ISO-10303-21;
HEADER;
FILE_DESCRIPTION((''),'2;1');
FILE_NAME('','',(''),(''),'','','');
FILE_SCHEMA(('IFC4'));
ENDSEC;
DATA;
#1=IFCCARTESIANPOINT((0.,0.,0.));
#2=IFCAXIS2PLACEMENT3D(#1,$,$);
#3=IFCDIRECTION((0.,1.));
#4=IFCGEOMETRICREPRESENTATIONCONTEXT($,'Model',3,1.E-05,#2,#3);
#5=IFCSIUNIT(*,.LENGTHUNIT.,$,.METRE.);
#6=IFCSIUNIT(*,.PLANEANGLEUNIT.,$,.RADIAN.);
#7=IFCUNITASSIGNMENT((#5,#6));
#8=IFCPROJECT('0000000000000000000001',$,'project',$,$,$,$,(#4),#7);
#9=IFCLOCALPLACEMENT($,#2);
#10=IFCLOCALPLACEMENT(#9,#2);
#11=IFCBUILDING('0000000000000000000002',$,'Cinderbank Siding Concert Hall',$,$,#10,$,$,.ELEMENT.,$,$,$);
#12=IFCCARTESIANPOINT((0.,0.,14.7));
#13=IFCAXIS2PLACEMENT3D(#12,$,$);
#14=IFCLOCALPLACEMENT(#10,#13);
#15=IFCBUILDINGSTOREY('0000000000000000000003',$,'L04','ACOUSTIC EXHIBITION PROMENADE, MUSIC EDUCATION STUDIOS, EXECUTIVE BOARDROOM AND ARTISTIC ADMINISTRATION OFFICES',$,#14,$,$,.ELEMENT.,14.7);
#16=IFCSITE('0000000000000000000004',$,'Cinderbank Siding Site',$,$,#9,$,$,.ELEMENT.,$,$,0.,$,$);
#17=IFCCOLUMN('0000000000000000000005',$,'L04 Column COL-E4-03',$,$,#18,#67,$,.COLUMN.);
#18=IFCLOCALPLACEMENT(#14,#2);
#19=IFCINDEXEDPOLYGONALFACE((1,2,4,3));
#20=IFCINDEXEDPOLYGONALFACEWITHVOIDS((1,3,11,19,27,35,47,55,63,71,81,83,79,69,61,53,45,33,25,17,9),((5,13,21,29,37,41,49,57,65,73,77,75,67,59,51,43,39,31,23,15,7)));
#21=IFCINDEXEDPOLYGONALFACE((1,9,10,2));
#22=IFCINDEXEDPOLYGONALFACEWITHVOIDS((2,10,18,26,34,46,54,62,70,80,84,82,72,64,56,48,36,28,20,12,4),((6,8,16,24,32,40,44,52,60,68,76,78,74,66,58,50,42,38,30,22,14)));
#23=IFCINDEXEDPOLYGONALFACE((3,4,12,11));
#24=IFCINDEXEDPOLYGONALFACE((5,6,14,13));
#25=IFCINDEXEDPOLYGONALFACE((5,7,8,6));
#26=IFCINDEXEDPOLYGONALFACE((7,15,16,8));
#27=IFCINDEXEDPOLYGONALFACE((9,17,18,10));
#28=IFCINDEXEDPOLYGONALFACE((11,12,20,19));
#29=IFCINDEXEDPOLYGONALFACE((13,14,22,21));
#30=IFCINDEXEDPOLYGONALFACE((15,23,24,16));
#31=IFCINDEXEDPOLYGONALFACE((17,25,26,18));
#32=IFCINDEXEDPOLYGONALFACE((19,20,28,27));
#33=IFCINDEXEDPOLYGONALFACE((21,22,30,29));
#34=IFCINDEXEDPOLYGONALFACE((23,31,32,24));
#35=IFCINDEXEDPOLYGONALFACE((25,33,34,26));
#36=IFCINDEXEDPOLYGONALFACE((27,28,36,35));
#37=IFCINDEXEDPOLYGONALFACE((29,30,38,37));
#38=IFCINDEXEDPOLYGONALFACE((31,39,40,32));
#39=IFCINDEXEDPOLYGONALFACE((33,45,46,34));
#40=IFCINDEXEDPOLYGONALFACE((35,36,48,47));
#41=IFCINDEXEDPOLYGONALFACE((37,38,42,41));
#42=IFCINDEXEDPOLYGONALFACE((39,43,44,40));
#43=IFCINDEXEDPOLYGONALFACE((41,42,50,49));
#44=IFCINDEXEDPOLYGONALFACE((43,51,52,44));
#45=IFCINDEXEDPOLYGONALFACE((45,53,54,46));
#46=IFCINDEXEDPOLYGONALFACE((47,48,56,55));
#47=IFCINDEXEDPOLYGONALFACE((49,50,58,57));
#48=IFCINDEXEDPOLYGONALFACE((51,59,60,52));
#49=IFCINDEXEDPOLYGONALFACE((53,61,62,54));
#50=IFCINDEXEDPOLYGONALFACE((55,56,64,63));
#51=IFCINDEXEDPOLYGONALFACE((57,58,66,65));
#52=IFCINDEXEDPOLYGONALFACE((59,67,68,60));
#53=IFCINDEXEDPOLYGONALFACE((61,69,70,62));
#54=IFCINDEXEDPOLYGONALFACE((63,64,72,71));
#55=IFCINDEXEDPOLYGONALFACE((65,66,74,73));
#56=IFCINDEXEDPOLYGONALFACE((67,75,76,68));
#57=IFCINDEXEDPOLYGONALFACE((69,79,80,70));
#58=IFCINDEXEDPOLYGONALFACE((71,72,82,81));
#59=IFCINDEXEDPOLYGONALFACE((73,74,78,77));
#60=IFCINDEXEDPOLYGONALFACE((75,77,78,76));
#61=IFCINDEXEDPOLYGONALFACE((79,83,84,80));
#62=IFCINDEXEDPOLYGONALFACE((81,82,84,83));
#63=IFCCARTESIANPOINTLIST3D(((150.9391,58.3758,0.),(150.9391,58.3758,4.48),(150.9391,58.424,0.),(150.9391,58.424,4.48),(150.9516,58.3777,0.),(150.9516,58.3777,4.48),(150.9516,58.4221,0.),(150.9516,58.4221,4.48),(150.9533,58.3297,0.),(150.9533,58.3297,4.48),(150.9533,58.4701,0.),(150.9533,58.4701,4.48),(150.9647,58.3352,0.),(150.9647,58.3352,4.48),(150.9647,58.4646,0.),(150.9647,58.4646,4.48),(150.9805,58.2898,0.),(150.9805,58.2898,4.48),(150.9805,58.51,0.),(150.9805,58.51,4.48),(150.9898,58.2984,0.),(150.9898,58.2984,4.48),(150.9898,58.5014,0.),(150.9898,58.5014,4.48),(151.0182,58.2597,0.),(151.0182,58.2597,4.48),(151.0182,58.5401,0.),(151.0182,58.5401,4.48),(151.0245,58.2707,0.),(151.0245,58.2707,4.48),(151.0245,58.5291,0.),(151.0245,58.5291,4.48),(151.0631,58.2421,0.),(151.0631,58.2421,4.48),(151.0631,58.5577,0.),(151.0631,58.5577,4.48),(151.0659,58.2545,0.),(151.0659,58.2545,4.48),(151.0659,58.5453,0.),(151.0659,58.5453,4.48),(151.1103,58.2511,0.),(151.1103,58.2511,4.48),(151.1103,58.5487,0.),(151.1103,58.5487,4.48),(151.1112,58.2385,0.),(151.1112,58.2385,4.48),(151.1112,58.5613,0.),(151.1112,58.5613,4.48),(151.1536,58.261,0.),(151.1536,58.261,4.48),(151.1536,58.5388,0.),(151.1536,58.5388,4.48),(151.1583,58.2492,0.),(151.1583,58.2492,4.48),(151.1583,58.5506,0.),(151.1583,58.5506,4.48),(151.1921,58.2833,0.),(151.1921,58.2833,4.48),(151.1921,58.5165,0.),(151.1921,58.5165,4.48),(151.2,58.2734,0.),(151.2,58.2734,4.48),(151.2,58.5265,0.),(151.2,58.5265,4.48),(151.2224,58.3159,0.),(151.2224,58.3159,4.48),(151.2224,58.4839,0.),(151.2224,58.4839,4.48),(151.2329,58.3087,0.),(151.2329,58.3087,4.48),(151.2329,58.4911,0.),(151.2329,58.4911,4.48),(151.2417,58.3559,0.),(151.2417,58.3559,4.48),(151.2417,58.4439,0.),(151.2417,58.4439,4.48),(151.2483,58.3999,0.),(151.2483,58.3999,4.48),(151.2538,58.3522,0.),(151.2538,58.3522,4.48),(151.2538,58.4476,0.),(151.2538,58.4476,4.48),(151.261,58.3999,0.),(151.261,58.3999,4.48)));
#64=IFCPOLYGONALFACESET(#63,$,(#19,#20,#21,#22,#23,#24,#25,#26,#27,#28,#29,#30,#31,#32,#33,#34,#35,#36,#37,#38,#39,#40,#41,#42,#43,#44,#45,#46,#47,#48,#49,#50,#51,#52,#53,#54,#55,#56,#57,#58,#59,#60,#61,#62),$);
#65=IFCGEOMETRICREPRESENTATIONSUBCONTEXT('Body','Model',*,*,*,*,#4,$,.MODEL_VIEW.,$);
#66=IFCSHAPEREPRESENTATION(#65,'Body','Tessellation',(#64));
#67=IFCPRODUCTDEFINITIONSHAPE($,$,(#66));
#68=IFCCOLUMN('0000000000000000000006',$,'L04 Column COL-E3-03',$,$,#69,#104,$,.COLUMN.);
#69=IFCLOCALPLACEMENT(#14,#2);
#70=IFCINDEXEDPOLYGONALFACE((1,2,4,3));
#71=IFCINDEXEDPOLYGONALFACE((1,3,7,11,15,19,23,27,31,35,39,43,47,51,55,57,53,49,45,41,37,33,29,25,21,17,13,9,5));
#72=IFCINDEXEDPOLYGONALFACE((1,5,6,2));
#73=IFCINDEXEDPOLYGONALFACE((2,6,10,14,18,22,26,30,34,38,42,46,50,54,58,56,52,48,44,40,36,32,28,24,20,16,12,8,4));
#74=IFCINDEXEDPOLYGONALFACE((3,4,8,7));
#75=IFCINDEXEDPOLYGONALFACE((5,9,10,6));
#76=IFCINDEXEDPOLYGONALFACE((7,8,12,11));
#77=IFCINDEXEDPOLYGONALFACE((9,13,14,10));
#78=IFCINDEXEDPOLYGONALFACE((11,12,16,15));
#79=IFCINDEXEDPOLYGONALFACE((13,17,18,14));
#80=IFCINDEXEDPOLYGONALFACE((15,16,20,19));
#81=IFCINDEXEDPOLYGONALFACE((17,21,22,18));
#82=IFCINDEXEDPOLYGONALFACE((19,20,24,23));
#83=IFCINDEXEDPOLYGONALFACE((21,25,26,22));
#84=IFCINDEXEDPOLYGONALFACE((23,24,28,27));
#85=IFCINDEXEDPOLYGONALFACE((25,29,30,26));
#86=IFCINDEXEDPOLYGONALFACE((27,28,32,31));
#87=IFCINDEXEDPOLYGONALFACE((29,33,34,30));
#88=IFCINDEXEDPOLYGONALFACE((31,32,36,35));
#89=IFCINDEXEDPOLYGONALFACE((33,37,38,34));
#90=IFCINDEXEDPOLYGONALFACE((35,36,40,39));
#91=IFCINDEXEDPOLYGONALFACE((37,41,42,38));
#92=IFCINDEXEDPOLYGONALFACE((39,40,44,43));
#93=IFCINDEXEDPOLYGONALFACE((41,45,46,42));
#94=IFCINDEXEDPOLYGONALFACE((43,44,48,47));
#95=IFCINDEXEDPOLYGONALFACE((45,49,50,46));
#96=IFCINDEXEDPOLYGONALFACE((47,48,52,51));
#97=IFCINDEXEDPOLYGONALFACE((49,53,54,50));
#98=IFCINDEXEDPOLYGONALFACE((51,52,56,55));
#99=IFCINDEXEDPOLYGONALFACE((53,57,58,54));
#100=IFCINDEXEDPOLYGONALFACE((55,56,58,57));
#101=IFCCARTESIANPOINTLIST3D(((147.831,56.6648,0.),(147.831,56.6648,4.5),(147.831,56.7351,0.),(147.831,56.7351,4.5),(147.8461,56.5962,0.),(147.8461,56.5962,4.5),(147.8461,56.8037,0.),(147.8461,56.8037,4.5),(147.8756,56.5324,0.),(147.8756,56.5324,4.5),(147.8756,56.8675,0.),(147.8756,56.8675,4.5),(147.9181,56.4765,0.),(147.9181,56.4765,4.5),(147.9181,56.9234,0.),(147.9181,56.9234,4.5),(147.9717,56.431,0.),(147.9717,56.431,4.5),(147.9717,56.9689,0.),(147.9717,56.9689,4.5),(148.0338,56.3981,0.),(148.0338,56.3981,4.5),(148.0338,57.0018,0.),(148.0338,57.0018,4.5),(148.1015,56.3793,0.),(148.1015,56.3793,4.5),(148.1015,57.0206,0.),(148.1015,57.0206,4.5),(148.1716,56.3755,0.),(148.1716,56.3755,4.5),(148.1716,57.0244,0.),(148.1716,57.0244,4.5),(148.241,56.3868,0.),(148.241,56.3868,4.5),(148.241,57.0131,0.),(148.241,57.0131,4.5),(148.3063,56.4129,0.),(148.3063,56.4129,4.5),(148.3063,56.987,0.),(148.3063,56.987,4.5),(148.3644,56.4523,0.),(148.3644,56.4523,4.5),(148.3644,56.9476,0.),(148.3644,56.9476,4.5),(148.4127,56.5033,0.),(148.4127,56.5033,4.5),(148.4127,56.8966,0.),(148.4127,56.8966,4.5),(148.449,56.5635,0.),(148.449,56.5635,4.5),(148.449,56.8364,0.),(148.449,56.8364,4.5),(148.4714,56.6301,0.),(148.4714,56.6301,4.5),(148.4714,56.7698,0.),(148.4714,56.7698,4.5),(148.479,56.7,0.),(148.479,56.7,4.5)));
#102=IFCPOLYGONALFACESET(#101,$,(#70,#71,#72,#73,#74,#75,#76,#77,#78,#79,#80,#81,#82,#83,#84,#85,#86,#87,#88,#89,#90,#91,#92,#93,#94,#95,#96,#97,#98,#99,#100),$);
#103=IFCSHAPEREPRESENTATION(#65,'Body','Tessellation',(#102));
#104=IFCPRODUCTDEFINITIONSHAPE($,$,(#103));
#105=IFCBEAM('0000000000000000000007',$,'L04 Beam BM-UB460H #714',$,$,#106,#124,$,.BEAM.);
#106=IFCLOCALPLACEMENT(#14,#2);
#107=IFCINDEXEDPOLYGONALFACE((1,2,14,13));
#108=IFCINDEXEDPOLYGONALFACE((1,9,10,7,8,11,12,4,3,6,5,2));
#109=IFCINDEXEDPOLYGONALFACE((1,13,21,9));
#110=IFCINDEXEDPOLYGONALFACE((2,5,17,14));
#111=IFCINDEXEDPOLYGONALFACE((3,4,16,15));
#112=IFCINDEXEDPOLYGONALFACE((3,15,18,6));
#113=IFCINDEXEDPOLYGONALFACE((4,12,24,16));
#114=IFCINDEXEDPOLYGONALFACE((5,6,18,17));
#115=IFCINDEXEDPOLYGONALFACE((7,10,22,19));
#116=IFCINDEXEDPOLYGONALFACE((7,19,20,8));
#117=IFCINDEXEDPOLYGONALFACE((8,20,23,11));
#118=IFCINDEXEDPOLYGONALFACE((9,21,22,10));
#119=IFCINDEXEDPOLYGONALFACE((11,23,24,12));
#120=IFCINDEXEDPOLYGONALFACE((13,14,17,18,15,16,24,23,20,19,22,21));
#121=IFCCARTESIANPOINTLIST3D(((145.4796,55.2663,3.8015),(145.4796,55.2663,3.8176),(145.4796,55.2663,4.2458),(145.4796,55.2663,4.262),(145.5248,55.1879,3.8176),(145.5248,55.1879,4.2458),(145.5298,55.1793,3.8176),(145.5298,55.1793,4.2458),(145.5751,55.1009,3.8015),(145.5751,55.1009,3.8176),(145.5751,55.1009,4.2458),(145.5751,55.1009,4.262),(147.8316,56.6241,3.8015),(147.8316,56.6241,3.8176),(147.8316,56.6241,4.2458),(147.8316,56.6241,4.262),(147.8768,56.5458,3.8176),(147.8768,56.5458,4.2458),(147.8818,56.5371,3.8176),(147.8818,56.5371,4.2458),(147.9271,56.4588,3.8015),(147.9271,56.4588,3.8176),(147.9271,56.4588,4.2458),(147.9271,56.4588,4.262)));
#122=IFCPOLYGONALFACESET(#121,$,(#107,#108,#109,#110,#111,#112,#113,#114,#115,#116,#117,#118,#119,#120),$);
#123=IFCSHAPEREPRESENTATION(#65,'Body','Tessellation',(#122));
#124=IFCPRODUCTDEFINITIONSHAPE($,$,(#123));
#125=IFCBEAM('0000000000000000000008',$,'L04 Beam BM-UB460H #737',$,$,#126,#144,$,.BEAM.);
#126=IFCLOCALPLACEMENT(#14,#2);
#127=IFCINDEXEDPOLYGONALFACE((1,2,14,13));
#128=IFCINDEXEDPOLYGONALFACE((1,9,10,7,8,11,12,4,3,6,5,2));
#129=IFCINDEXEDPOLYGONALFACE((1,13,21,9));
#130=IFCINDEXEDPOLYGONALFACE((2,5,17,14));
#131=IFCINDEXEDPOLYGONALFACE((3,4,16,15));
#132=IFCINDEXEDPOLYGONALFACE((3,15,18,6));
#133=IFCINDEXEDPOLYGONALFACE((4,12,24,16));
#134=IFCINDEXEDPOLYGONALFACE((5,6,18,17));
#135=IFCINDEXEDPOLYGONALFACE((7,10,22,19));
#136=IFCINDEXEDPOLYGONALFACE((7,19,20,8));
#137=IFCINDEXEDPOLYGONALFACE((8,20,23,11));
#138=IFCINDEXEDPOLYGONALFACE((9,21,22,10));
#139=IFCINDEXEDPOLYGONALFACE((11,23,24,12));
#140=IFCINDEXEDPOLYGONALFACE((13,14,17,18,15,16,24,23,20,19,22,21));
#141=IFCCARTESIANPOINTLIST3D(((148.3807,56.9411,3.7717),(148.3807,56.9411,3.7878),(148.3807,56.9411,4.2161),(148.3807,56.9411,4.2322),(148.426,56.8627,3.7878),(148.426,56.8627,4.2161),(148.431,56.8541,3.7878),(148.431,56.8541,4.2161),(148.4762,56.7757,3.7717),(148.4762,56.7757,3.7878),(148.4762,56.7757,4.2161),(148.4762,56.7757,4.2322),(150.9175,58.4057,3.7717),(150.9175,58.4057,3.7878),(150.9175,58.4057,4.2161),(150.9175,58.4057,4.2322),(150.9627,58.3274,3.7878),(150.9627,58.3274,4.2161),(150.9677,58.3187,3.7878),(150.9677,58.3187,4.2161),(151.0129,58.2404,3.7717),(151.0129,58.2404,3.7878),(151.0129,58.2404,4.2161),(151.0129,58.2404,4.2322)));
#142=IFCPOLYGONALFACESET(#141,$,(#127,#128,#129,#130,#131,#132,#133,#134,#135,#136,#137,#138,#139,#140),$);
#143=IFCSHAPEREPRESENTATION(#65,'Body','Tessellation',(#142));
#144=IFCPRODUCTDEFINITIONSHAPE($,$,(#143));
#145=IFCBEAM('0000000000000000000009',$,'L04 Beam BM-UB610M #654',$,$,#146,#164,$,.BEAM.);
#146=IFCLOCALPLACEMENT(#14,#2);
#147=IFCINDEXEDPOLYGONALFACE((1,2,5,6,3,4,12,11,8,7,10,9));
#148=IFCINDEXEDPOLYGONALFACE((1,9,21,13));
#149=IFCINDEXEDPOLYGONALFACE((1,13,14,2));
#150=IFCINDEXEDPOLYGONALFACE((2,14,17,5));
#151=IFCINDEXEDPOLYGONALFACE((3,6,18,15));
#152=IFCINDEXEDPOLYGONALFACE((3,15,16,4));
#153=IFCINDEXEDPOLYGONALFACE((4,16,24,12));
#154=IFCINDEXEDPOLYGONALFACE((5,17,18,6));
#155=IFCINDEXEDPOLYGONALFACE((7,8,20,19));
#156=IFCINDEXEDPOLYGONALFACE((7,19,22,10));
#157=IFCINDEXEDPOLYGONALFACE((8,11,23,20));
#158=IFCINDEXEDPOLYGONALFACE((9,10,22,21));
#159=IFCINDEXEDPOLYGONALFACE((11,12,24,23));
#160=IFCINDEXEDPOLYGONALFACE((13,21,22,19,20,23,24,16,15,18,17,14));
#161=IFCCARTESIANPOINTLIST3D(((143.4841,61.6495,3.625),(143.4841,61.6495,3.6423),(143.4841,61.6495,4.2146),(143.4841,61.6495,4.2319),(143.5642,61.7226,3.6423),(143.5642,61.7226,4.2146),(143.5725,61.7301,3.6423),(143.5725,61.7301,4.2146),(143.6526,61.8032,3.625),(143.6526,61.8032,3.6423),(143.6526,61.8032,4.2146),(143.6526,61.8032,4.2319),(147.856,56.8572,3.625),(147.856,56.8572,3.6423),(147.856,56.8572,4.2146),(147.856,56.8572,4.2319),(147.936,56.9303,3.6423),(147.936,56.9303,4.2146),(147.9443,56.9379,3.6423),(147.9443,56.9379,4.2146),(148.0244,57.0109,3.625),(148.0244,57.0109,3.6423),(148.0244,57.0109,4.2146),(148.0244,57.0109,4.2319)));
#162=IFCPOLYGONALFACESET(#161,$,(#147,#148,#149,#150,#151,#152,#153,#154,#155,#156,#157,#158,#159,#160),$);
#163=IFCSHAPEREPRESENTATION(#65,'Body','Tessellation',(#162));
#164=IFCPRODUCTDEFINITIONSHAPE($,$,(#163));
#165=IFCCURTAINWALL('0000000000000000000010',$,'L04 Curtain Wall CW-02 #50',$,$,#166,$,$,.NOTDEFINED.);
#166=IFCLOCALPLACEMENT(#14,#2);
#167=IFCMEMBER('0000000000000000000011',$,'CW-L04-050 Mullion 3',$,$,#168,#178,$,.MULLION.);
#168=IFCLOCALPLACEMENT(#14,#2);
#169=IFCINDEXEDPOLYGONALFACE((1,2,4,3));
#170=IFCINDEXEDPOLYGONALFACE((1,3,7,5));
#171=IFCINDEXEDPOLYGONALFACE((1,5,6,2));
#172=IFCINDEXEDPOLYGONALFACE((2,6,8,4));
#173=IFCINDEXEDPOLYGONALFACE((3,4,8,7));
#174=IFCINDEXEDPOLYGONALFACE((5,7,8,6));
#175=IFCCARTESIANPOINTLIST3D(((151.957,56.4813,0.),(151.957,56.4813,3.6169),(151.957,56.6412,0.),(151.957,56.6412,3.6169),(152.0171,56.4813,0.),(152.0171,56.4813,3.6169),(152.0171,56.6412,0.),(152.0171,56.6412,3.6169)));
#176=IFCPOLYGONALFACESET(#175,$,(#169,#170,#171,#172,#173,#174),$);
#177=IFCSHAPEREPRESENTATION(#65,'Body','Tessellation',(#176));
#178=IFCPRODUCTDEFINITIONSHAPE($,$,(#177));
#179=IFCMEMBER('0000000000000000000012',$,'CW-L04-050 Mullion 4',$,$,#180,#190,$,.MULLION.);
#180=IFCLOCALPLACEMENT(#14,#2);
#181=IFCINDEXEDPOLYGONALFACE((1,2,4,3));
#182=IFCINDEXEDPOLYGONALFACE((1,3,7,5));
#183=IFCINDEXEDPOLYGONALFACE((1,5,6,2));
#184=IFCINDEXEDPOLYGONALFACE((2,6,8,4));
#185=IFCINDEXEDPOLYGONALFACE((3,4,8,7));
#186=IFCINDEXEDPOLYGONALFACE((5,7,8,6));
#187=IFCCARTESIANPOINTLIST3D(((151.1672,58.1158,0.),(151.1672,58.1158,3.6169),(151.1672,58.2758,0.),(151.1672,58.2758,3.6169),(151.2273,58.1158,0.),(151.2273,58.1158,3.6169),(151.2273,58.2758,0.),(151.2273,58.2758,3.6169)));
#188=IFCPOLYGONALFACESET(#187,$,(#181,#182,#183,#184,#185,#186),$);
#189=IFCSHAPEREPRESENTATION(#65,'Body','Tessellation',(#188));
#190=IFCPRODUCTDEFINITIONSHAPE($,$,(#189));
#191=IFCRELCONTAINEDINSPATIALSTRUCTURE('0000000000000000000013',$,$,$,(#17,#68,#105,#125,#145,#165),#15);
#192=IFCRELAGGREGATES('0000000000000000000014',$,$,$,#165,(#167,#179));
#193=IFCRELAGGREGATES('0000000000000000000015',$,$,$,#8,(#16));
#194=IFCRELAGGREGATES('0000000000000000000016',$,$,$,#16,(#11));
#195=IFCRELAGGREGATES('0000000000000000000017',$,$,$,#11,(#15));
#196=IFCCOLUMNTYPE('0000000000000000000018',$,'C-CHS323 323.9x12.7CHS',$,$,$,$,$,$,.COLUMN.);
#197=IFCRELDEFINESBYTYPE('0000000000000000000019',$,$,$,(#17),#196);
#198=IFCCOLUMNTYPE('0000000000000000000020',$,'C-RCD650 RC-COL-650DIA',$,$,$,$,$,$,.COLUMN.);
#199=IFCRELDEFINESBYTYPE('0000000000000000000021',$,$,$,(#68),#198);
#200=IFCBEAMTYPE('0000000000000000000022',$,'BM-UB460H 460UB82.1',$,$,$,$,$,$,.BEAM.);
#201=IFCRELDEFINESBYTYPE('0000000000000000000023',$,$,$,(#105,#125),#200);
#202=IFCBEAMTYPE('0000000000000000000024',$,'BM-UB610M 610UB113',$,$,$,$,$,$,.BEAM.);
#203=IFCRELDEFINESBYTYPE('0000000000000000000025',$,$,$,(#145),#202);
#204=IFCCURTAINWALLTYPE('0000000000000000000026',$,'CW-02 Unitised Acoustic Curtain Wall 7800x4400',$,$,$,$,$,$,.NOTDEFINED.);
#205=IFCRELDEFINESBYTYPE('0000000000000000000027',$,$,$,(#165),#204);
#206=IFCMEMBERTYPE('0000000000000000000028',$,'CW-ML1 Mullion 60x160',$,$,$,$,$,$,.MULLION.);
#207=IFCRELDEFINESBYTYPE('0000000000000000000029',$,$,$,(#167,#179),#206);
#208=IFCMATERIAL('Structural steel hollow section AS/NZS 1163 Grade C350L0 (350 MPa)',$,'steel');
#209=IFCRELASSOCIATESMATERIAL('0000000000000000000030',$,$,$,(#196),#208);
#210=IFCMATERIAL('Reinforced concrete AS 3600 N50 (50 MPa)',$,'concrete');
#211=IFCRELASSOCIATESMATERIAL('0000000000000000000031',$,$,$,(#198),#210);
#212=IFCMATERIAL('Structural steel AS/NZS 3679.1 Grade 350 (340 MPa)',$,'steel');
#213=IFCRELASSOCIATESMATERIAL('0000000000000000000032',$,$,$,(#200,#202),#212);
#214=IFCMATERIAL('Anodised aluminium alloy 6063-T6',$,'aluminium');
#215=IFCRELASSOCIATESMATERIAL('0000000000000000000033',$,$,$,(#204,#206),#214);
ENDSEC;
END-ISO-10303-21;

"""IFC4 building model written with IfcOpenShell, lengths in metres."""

from ifc_helpers import new_model, si_unit, direction, frame, origin, origin_2d, place, context, subcontext, project, spatial, rectangle, circle, hollow_circle, i_section, extrude, material, material_profile, profile_set, type_object, element, aggregate, save


model = new_model("IFC4")

# Units and contexts
model_context = context("Model", 3, precision=1e-05, world=origin(), true_north=direction((0.0, 1.0)))
body_context = subcontext(model_context, "Body", "Model", "MODEL_VIEW")
ifc_project = project(units=[si_unit("LENGTHUNIT", "METRE"), si_unit("PLANEANGLEUNIT", "RADIAN")], contexts=[model_context])

# Site, building, storey
site_placement = place(None, origin())
site = spatial("IfcSite", under=ifc_project, at=site_placement, Name="Cinderbank Siding Site", CompositionType="ELEMENT", RefElevation=0.0)
building_placement = place(site_placement, origin())
building = spatial("IfcBuilding", under=site, at=building_placement, Name="Cinderbank Siding Concert Hall", CompositionType="ELEMENT")
storey_placement = place(building_placement, frame((0.0, 0.0, 14.7)))
storey = spatial("IfcBuildingStorey", under=building, at=storey_placement, Name="L04", Description="ACOUSTIC EXHIBITION PROMENADE, MUSIC EDUCATION STUDIOS, EXECUTIVE BOARDROOM AND ARTISTIC ADMINISTRATION OFFICES", CompositionType="ELEMENT", Elevation=14.7)

# Columns
ifc_material_1 = material(Name="Structural steel hollow section AS/NZS 1163 Grade C350L0 (350 MPa)", Category="steel")
ifc_material_profile_1 = material_profile(ifc_material_1, hollow_circle(Radius=0.1619, WallThickness=0.0127, at=origin_2d()), Name="323.9x12.7CHS", Category="LoadBearing")
ifc_profile_set_1 = profile_set([ifc_material_profile_1], Name="Structural steel hollow section AS/NZS 1163 Grade C350L0 (350 MPa)")
column_type_1 = type_object("IfcColumnType", Name="C-CHS323 323.9x12.7CHS", PredefinedType="COLUMN", material=ifc_profile_set_1)
column_1_placement = place(storey_placement, frame((151.0991, 58.3999, 0.0), z_axis=(0.0, 0.0, 1.0), x_axis=(1.0, 0.0, 0.0)))
element("IfcColumn", 1, at=column_1_placement, inside=storey, type_object=column_type_1, Name="L04 Column COL-E4-03", PredefinedType="COLUMN", context=body_context, shape_type="SweptSolid", body=[
    extrude(hollow_circle(Radius=0.1619, WallThickness=0.0127, at=origin_2d()), origin(), (0.0, 0.0, 1.0), 4.48),
])
ifc_material_2 = material(Name="Reinforced concrete AS 3600 N50 (50 MPa)", Category="concrete")
ifc_material_profile_2 = material_profile(ifc_material_2, circle(Radius=0.325, at=origin_2d()), Name="RC-COL-650DIA", Category="LoadBearing")
ifc_profile_set_2 = profile_set([ifc_material_profile_2], Name="Reinforced concrete AS 3600 N50 (50 MPa)")
column_type_2 = type_object("IfcColumnType", Name="C-RCD650 RC-COL-650DIA", PredefinedType="COLUMN", material=ifc_profile_set_2)
column_2_placement = place(storey_placement, frame((148.1541, 56.7, 0.0), z_axis=(0.0, 0.0, 1.0), x_axis=(1.0, 0.0, 0.0)))
element("IfcColumn", 2, at=column_2_placement, inside=storey, type_object=column_type_2, Name="L04 Column COL-E3-03", PredefinedType="COLUMN", context=body_context, shape_type="SweptSolid", body=[
    extrude(circle(Radius=0.325, at=origin_2d()), origin(), (0.0, 0.0, 1.0), 4.5),
])

# Beams
ifc_material_3 = material(Name="Structural steel AS/NZS 3679.1 Grade 350 (340 MPa)", Category="steel")
ifc_material_profile_3 = material_profile(ifc_material_3, i_section(OverallWidth=0.1909, OverallDepth=0.4604, WebThickness=0.01, FlangeThickness=0.0161, at=origin_2d()), Name="460UB82.1", Category="LoadBearing")
ifc_profile_set_3 = profile_set([ifc_material_profile_3], Name="Structural steel AS/NZS 3679.1 Grade 350 (340 MPa)")
beam_type_1 = type_object("IfcBeamType", Name="BM-UB460H 460UB82.1", PredefinedType="BEAM", material=ifc_profile_set_3)
beam_1_placement = place(storey_placement, frame((145.5273, 55.1836, 4.0317), z_axis=(0.866033, 0.499987, 0.0), x_axis=(-0.499987, 0.866033, 0.0)))
element("IfcBeam", 3, at=beam_1_placement, inside=storey, type_object=beam_type_1, Name="L04 Beam BM-UB460H #714", PredefinedType="BEAM", context=body_context, shape_type="SweptSolid", body=[
    extrude(i_section(OverallWidth=0.1909, OverallDepth=0.4604, WebThickness=0.01, FlangeThickness=0.0161, at=origin_2d()), origin(), (0.0, 0.0, 1.0), 2.7158),
])
beam_2_placement = place(storey_placement, frame((148.4285, 56.8584, 4.002), z_axis=(0.866013, 0.500021, 0.0), x_axis=(-0.500021, 0.866013, 0.0)))
element("IfcBeam", 4, at=beam_2_placement, inside=storey, type_object=beam_type_1, Name="L04 Beam BM-UB460H #737", PredefinedType="BEAM", context=body_context, shape_type="SweptSolid", body=[
    extrude(i_section(OverallWidth=0.1909, OverallDepth=0.4604, WebThickness=0.01, FlangeThickness=0.0161, at=origin_2d()), origin(), (0.0, 0.0, 1.0), 2.9292),
])
ifc_material_profile_4 = material_profile(ifc_material_3, i_section(OverallWidth=0.228, OverallDepth=0.6069, WebThickness=0.0112, FlangeThickness=0.0173, at=origin_2d()), Name="610UB113", Category="LoadBearing")
ifc_profile_set_4 = profile_set([ifc_material_profile_4], Name="Structural steel AS/NZS 3679.1 Grade 350 (340 MPa)")
beam_type_2 = type_object("IfcBeamType", Name="BM-UB610M 610UB113", PredefinedType="BEAM", material=ifc_profile_set_4)
beam_3_placement = place(storey_placement, frame((147.9402, 56.9341, 3.9285), z_axis=(-0.673959, 0.738769, 0.0), x_axis=(-0.738769, -0.673959, 0.0)))
element("IfcBeam", 5, at=beam_3_placement, inside=storey, type_object=beam_type_2, Name="L04 Beam BM-UB610M #654", PredefinedType="BEAM", context=body_context, shape_type="SweptSolid", body=[
    extrude(i_section(OverallWidth=0.228, OverallDepth=0.6069, WebThickness=0.0112, FlangeThickness=0.0173, at=origin_2d()), origin(), (0.0, 0.0, 1.0), 6.4868),
])

# Curtain wall, members
ifc_material_4 = material(Name="Anodised aluminium alloy 6063-T6", Category="aluminium")
curtain_wall_type_1 = type_object("IfcCurtainWallType", Name="CW-02 Unitised Acoustic Curtain Wall 7800x4400", PredefinedType="NOTDEFINED", material=ifc_material_4)
curtain_wall_1_placement = place(storey_placement, origin())
curtain_wall_1 = element("IfcCurtainWall", 6, at=curtain_wall_1_placement, inside=storey, type_object=curtain_wall_type_1, Name="L04 Curtain Wall CW-02 #50", PredefinedType="NOTDEFINED")
ifc_material_profile_5 = material_profile(ifc_material_4, rectangle(XDim=0.0601, YDim=0.1599, at=origin_2d()), Name="ALU-MULL-60x160", Category="LoadBearing")
ifc_profile_set_5 = profile_set([ifc_material_profile_5], Name="Anodised aluminium alloy 6063-T6")
member_type_1 = type_object("IfcMemberType", Name="CW-ML1 Mullion 60x160", PredefinedType="MULLION", material=ifc_profile_set_5)
member_1_placement = place(storey_placement, frame((151.9871, 56.5613, 0.0), z_axis=(0.0, 0.0, 1.0), x_axis=(1.0, 0.0, 0.0)))
member_1 = element("IfcMember", 7, at=member_1_placement, type_object=member_type_1, Name="CW-L04-050 Mullion 3", PredefinedType="MULLION", context=body_context, shape_type="SweptSolid", body=[
    extrude(rectangle(XDim=0.0601, YDim=0.1599, at=origin_2d()), origin(), (0.0, 0.0, 1.0), 3.6169),
])
member_2_placement = place(storey_placement, frame((151.1973, 58.1958, 0.0), z_axis=(0.0, 0.0, 1.0), x_axis=(1.0, 0.0, 0.0)))
member_2 = element("IfcMember", 8, at=member_2_placement, type_object=member_type_1, Name="CW-L04-050 Mullion 4", PredefinedType="MULLION", context=body_context, shape_type="SweptSolid", body=[
    extrude(rectangle(XDim=0.0601, YDim=0.1599, at=origin_2d()), origin(), (0.0, 0.0, 1.0), 3.6169),
])

aggregate(curtain_wall_1, [member_1, member_2])

save(model, "model.ifc")
